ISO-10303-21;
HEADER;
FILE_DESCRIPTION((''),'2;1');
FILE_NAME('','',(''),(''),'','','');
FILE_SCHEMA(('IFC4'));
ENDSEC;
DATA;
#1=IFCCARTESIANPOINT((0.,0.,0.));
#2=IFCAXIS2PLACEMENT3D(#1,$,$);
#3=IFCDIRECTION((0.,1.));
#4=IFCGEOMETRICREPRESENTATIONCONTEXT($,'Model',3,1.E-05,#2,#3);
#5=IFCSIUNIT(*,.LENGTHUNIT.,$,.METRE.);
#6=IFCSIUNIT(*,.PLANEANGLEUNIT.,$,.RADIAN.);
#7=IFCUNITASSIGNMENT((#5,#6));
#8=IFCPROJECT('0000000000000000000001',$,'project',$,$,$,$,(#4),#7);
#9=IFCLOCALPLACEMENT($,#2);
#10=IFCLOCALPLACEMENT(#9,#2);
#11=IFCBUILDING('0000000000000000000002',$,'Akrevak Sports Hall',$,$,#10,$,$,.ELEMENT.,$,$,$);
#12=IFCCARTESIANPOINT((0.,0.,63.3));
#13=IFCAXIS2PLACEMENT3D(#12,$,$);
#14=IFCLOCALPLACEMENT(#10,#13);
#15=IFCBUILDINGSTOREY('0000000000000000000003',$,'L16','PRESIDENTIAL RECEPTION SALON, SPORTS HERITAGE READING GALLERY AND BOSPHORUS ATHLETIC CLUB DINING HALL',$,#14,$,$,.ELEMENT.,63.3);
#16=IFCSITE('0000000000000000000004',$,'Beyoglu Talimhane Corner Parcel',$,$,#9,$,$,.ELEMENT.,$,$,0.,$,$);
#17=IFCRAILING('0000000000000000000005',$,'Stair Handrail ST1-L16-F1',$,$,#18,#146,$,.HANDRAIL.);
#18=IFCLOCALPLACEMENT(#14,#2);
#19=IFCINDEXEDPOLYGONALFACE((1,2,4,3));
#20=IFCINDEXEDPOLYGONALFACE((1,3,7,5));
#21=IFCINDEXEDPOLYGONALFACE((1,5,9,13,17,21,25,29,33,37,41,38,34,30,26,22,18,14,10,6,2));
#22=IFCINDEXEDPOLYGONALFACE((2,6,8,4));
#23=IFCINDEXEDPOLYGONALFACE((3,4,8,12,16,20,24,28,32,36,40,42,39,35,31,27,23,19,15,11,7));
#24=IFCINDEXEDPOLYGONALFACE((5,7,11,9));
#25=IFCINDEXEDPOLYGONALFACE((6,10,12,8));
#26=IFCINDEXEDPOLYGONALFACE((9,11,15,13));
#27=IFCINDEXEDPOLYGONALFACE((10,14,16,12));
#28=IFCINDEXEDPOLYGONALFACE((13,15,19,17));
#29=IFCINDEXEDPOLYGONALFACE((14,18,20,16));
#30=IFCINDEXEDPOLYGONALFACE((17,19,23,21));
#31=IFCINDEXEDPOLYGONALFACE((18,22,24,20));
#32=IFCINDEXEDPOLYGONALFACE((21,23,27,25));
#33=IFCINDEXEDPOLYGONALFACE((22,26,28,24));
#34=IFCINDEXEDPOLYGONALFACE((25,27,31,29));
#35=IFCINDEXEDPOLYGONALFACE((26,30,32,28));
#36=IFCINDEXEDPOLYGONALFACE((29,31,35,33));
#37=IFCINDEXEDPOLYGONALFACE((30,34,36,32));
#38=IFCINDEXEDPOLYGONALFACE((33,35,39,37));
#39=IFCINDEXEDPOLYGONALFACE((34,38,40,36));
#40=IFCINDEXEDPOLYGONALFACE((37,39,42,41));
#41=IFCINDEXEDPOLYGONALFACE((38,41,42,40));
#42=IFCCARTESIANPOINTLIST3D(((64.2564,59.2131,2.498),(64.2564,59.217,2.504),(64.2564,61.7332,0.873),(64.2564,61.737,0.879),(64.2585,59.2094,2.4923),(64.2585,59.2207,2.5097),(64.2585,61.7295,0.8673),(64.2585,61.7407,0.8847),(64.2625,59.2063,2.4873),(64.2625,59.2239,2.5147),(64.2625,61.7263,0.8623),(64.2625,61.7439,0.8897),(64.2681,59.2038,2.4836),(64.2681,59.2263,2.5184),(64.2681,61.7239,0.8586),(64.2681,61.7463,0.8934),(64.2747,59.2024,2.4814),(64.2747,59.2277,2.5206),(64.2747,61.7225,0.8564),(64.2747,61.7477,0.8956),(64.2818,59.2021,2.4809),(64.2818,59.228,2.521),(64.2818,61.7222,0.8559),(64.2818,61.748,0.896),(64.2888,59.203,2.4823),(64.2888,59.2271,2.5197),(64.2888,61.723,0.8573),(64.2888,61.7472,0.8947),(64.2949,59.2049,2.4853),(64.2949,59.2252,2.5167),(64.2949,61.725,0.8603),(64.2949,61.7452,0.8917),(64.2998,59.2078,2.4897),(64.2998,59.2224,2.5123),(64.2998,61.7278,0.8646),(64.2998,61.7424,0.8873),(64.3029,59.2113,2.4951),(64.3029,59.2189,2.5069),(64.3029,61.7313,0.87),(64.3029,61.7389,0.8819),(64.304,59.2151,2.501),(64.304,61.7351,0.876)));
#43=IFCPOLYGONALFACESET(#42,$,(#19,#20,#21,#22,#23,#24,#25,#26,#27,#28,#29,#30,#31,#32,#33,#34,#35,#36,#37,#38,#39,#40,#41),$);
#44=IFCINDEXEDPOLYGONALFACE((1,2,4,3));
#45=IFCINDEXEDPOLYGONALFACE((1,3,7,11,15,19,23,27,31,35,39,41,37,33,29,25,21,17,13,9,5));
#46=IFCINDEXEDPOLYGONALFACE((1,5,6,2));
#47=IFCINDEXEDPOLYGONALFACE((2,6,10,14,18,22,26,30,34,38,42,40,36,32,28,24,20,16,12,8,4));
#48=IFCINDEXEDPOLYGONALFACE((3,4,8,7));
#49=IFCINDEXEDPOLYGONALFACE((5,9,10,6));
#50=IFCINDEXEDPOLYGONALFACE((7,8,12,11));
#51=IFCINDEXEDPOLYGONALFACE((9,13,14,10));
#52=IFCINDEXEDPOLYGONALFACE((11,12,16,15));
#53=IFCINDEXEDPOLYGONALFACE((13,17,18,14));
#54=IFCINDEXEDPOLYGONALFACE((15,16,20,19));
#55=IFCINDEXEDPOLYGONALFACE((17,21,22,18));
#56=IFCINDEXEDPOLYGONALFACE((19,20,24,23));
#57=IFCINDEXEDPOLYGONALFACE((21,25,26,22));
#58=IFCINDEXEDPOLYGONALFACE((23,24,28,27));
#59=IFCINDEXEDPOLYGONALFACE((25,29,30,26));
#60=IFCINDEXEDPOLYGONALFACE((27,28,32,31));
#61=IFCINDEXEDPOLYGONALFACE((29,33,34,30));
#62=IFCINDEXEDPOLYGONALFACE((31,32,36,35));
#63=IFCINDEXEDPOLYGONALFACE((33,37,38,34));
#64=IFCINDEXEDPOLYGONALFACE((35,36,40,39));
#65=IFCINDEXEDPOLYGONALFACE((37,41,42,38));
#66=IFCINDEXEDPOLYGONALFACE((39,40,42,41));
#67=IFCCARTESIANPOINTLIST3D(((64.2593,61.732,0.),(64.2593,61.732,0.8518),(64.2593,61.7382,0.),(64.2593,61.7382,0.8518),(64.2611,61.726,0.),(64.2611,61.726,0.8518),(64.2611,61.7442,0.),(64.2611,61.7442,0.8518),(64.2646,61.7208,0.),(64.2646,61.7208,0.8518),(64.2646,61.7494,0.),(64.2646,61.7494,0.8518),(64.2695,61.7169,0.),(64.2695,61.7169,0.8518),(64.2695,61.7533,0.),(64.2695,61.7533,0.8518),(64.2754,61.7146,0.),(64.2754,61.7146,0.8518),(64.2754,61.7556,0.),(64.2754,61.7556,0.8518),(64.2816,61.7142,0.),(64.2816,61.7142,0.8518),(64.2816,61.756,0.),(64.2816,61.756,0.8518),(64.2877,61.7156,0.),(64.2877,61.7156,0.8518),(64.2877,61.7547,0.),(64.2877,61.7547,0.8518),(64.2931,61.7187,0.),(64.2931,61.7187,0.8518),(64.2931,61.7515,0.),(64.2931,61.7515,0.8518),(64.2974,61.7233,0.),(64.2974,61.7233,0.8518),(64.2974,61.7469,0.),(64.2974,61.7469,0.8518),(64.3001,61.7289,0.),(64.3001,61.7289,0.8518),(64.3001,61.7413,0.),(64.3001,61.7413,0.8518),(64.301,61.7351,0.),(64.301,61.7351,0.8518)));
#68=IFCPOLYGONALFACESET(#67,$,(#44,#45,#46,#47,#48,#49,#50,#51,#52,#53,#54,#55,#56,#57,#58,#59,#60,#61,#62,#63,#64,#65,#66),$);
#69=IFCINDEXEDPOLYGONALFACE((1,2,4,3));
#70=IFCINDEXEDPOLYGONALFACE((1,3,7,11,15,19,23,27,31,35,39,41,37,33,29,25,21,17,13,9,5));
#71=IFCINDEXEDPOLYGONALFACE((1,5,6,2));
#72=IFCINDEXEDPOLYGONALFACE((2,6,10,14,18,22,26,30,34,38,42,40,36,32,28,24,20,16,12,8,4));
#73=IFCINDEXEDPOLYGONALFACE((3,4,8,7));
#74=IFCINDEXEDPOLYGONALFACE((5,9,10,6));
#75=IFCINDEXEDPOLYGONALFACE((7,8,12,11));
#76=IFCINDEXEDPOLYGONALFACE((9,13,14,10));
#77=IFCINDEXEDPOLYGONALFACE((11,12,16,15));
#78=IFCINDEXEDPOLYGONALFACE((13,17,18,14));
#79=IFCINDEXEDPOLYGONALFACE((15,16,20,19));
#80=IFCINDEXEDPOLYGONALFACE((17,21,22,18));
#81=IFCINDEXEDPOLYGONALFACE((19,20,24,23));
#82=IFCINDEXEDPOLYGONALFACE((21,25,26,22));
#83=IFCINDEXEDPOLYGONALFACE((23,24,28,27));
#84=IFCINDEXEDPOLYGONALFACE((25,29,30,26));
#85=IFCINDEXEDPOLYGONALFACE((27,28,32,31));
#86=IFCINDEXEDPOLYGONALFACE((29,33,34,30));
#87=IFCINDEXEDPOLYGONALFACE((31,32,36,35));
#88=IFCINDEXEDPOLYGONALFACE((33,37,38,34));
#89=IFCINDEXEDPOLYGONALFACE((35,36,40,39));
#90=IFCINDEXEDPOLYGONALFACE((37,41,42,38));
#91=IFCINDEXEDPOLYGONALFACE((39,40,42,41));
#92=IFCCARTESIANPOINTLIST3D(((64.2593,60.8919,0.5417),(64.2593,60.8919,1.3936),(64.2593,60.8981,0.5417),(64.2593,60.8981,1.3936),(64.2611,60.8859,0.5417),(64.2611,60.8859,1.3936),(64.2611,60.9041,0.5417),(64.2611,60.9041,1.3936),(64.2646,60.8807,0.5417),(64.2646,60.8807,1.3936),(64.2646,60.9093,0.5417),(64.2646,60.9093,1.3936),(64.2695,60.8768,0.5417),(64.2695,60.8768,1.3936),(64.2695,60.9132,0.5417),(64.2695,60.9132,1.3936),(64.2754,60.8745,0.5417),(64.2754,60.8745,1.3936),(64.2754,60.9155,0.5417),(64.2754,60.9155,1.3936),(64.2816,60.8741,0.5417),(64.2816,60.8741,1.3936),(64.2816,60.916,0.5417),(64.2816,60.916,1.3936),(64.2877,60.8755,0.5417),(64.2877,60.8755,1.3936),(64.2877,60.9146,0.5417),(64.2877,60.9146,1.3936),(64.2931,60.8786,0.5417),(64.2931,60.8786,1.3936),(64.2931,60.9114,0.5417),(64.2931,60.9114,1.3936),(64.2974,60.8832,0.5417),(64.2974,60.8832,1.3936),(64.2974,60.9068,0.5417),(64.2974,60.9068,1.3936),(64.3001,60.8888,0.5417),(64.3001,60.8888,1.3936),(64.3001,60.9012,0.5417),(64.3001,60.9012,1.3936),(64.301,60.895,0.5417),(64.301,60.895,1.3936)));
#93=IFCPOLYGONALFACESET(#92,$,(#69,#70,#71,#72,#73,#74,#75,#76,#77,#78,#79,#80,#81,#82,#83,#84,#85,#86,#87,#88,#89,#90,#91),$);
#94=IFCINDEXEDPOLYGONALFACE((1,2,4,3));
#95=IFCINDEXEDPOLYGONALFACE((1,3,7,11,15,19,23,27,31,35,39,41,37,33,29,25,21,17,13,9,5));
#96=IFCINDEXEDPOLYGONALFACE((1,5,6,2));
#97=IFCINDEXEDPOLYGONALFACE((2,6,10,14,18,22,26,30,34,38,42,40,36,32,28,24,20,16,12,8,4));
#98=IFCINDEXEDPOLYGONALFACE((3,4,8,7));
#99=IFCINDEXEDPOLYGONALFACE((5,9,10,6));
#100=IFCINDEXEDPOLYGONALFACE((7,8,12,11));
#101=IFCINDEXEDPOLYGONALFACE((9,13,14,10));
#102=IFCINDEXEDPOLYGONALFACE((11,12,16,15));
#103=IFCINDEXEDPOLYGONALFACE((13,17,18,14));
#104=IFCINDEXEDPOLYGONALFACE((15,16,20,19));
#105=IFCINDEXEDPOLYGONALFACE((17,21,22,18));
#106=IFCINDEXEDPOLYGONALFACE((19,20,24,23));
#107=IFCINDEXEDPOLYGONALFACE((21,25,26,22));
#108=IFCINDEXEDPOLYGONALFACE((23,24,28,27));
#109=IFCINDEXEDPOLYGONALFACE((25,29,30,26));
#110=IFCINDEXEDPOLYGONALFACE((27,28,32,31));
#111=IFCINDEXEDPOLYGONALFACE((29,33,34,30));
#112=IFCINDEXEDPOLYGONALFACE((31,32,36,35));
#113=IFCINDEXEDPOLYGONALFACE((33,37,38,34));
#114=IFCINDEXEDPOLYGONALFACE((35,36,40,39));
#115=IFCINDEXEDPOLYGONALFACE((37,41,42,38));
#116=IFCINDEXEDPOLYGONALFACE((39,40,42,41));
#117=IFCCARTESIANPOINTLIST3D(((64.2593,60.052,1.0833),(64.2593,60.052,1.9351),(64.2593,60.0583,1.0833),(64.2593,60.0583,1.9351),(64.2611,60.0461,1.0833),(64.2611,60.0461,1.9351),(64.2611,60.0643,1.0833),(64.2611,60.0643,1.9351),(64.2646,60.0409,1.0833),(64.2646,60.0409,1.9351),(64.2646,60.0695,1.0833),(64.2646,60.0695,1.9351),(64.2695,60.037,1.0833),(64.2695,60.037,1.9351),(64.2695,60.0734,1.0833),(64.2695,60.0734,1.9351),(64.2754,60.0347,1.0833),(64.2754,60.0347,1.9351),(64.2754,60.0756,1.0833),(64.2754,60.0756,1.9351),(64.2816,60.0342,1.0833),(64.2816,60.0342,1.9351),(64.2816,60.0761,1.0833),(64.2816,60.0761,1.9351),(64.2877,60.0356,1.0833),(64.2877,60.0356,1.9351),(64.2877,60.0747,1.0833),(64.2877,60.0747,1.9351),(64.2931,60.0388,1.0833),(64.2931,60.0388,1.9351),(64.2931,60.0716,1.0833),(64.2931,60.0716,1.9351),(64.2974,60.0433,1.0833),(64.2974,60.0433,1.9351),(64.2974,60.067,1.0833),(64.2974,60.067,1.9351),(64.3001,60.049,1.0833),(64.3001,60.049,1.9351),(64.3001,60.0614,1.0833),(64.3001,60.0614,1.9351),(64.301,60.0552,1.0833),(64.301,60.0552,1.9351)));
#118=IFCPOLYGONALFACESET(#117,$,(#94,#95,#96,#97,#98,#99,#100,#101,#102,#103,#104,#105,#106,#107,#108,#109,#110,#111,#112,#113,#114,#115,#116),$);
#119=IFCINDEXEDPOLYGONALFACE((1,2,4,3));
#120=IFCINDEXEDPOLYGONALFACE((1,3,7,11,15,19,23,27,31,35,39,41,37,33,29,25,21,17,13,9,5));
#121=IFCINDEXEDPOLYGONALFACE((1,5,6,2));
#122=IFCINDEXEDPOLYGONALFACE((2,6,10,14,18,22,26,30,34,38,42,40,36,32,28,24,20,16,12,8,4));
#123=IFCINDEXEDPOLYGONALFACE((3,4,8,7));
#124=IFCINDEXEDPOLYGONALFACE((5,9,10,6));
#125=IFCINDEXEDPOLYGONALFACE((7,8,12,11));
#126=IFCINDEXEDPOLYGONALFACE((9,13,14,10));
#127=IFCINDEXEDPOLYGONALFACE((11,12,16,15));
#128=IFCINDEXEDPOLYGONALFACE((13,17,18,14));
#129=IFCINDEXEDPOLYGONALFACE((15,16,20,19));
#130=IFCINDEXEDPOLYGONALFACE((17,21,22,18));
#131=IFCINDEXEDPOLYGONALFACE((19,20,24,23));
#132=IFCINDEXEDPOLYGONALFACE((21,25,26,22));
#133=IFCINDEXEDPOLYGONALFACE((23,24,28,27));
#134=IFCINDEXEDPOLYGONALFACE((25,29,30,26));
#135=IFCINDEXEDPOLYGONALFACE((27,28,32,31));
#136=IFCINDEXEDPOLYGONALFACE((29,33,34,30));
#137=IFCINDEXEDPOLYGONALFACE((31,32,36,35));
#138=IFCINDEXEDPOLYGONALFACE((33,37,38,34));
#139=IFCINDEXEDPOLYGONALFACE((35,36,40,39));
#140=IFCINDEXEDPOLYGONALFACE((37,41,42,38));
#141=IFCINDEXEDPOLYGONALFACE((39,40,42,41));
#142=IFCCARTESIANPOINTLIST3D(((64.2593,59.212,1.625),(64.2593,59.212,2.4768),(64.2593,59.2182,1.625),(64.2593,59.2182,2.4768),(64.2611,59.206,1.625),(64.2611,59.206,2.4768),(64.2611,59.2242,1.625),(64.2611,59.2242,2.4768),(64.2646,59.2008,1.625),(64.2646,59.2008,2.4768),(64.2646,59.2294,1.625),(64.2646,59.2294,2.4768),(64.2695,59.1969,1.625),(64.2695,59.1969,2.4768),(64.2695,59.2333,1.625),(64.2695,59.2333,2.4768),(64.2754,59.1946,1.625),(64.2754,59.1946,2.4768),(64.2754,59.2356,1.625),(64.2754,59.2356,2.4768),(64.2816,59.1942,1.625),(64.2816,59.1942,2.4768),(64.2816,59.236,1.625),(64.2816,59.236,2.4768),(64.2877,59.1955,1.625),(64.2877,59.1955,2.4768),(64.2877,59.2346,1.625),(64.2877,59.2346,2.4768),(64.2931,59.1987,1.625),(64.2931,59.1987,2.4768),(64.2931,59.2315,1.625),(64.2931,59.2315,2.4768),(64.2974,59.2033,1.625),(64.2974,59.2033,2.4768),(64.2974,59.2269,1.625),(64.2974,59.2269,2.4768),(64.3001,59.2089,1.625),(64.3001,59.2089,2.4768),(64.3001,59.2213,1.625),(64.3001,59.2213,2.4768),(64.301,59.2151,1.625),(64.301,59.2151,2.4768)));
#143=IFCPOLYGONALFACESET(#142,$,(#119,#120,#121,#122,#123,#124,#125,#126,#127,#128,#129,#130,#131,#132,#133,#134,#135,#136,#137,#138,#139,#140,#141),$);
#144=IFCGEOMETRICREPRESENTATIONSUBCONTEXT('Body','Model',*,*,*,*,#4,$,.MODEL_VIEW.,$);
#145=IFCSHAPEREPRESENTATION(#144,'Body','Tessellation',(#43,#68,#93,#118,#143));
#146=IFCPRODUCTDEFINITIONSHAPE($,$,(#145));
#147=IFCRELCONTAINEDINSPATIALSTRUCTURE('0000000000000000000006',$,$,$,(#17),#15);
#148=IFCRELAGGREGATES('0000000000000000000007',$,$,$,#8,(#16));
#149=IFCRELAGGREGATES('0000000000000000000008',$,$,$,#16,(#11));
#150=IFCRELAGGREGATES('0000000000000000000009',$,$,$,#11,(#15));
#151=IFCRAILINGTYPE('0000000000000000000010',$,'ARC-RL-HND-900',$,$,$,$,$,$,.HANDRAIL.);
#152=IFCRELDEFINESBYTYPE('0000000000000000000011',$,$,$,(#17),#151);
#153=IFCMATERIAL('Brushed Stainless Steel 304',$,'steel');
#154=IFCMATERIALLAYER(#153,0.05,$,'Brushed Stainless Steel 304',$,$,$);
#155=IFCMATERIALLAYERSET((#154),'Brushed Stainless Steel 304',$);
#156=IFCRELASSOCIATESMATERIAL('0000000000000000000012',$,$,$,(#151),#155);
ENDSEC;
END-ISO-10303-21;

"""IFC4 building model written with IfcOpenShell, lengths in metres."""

from ifc_helpers import new_model, si_unit, direction, frame, origin, origin_2d, place, context, subcontext, project, spatial, circle, extrude, material, layer, layer_set, type_object, element, save


model = new_model("IFC4")

# Units and contexts
model_context = context("Model", 3, precision=1e-05, world=origin(), true_north=direction((0.0, 1.0)))
body_context = subcontext(model_context, "Body", "Model", "MODEL_VIEW")
ifc_project = project(units=[si_unit("LENGTHUNIT", "METRE"), si_unit("PLANEANGLEUNIT", "RADIAN")], contexts=[model_context])

# Site, building, storey
site_placement = place(None, origin())
site = spatial("IfcSite", under=ifc_project, at=site_placement, Name="Beyoglu Talimhane Corner Parcel", CompositionType="ELEMENT", RefElevation=0.0)
building_placement = place(site_placement, origin())
building = spatial("IfcBuilding", under=site, at=building_placement, Name="Akrevak Sports Hall", CompositionType="ELEMENT")
storey_placement = place(building_placement, frame((0.0, 0.0, 63.3)))
storey = spatial("IfcBuildingStorey", under=building, at=storey_placement, Name="L16", Description="PRESIDENTIAL RECEPTION SALON, SPORTS HERITAGE READING GALLERY AND BOSPHORUS ATHLETIC CLUB DINING HALL", CompositionType="ELEMENT", Elevation=63.3)

# Railing
ifc_material_1 = material(Name="Brushed Stainless Steel 304", Category="steel")
ifc_layer_1 = layer(ifc_material_1, 0.05, Name="Brushed Stainless Steel 304")
ifc_layer_set_1 = layer_set([ifc_layer_1], Name="Brushed Stainless Steel 304")
railing_type_1 = type_object("IfcRailingType", Name="ARC-RL-HND-900", PredefinedType="HANDRAIL", material=ifc_layer_set_1)
railing_1_placement = place(storey_placement, frame((64.28, 61.7351, 0.0)))
element("IfcRailing", 1, at=railing_1_placement, inside=storey, type_object=railing_type_1, Name="Stair Handrail ST1-L16-F1", PredefinedType="HANDRAIL", context=body_context, shape_type="SweptSolid", body=[
    extrude(circle(Radius=0.0239, at=origin_2d()), frame((0.0, 0.0, 0.876), z_axis=(0.0, -0.840421, 0.541934), x_axis=(1.0, 0.0, 0.0)), (0.0, 0.0, 1.0), 2.9985),
    extrude(circle(Radius=0.021, at=origin_2d()), origin(), (0.0, 0.0, 1.0), 0.8518),
    extrude(circle(Radius=0.021, at=origin_2d()), frame((0.0, -0.8401, 0.5417)), (0.0, 0.0, 1.0), 0.8518),
    extrude(circle(Radius=0.021, at=origin_2d()), frame((0.0, -1.6799, 1.0833)), (0.0, 0.0, 1.0), 0.8518),
    extrude(circle(Radius=0.021, at=origin_2d()), frame((0.0, -2.52, 1.625)), (0.0, 0.0, 1.0), 0.8518),
])

save(model, "model.ifc")
